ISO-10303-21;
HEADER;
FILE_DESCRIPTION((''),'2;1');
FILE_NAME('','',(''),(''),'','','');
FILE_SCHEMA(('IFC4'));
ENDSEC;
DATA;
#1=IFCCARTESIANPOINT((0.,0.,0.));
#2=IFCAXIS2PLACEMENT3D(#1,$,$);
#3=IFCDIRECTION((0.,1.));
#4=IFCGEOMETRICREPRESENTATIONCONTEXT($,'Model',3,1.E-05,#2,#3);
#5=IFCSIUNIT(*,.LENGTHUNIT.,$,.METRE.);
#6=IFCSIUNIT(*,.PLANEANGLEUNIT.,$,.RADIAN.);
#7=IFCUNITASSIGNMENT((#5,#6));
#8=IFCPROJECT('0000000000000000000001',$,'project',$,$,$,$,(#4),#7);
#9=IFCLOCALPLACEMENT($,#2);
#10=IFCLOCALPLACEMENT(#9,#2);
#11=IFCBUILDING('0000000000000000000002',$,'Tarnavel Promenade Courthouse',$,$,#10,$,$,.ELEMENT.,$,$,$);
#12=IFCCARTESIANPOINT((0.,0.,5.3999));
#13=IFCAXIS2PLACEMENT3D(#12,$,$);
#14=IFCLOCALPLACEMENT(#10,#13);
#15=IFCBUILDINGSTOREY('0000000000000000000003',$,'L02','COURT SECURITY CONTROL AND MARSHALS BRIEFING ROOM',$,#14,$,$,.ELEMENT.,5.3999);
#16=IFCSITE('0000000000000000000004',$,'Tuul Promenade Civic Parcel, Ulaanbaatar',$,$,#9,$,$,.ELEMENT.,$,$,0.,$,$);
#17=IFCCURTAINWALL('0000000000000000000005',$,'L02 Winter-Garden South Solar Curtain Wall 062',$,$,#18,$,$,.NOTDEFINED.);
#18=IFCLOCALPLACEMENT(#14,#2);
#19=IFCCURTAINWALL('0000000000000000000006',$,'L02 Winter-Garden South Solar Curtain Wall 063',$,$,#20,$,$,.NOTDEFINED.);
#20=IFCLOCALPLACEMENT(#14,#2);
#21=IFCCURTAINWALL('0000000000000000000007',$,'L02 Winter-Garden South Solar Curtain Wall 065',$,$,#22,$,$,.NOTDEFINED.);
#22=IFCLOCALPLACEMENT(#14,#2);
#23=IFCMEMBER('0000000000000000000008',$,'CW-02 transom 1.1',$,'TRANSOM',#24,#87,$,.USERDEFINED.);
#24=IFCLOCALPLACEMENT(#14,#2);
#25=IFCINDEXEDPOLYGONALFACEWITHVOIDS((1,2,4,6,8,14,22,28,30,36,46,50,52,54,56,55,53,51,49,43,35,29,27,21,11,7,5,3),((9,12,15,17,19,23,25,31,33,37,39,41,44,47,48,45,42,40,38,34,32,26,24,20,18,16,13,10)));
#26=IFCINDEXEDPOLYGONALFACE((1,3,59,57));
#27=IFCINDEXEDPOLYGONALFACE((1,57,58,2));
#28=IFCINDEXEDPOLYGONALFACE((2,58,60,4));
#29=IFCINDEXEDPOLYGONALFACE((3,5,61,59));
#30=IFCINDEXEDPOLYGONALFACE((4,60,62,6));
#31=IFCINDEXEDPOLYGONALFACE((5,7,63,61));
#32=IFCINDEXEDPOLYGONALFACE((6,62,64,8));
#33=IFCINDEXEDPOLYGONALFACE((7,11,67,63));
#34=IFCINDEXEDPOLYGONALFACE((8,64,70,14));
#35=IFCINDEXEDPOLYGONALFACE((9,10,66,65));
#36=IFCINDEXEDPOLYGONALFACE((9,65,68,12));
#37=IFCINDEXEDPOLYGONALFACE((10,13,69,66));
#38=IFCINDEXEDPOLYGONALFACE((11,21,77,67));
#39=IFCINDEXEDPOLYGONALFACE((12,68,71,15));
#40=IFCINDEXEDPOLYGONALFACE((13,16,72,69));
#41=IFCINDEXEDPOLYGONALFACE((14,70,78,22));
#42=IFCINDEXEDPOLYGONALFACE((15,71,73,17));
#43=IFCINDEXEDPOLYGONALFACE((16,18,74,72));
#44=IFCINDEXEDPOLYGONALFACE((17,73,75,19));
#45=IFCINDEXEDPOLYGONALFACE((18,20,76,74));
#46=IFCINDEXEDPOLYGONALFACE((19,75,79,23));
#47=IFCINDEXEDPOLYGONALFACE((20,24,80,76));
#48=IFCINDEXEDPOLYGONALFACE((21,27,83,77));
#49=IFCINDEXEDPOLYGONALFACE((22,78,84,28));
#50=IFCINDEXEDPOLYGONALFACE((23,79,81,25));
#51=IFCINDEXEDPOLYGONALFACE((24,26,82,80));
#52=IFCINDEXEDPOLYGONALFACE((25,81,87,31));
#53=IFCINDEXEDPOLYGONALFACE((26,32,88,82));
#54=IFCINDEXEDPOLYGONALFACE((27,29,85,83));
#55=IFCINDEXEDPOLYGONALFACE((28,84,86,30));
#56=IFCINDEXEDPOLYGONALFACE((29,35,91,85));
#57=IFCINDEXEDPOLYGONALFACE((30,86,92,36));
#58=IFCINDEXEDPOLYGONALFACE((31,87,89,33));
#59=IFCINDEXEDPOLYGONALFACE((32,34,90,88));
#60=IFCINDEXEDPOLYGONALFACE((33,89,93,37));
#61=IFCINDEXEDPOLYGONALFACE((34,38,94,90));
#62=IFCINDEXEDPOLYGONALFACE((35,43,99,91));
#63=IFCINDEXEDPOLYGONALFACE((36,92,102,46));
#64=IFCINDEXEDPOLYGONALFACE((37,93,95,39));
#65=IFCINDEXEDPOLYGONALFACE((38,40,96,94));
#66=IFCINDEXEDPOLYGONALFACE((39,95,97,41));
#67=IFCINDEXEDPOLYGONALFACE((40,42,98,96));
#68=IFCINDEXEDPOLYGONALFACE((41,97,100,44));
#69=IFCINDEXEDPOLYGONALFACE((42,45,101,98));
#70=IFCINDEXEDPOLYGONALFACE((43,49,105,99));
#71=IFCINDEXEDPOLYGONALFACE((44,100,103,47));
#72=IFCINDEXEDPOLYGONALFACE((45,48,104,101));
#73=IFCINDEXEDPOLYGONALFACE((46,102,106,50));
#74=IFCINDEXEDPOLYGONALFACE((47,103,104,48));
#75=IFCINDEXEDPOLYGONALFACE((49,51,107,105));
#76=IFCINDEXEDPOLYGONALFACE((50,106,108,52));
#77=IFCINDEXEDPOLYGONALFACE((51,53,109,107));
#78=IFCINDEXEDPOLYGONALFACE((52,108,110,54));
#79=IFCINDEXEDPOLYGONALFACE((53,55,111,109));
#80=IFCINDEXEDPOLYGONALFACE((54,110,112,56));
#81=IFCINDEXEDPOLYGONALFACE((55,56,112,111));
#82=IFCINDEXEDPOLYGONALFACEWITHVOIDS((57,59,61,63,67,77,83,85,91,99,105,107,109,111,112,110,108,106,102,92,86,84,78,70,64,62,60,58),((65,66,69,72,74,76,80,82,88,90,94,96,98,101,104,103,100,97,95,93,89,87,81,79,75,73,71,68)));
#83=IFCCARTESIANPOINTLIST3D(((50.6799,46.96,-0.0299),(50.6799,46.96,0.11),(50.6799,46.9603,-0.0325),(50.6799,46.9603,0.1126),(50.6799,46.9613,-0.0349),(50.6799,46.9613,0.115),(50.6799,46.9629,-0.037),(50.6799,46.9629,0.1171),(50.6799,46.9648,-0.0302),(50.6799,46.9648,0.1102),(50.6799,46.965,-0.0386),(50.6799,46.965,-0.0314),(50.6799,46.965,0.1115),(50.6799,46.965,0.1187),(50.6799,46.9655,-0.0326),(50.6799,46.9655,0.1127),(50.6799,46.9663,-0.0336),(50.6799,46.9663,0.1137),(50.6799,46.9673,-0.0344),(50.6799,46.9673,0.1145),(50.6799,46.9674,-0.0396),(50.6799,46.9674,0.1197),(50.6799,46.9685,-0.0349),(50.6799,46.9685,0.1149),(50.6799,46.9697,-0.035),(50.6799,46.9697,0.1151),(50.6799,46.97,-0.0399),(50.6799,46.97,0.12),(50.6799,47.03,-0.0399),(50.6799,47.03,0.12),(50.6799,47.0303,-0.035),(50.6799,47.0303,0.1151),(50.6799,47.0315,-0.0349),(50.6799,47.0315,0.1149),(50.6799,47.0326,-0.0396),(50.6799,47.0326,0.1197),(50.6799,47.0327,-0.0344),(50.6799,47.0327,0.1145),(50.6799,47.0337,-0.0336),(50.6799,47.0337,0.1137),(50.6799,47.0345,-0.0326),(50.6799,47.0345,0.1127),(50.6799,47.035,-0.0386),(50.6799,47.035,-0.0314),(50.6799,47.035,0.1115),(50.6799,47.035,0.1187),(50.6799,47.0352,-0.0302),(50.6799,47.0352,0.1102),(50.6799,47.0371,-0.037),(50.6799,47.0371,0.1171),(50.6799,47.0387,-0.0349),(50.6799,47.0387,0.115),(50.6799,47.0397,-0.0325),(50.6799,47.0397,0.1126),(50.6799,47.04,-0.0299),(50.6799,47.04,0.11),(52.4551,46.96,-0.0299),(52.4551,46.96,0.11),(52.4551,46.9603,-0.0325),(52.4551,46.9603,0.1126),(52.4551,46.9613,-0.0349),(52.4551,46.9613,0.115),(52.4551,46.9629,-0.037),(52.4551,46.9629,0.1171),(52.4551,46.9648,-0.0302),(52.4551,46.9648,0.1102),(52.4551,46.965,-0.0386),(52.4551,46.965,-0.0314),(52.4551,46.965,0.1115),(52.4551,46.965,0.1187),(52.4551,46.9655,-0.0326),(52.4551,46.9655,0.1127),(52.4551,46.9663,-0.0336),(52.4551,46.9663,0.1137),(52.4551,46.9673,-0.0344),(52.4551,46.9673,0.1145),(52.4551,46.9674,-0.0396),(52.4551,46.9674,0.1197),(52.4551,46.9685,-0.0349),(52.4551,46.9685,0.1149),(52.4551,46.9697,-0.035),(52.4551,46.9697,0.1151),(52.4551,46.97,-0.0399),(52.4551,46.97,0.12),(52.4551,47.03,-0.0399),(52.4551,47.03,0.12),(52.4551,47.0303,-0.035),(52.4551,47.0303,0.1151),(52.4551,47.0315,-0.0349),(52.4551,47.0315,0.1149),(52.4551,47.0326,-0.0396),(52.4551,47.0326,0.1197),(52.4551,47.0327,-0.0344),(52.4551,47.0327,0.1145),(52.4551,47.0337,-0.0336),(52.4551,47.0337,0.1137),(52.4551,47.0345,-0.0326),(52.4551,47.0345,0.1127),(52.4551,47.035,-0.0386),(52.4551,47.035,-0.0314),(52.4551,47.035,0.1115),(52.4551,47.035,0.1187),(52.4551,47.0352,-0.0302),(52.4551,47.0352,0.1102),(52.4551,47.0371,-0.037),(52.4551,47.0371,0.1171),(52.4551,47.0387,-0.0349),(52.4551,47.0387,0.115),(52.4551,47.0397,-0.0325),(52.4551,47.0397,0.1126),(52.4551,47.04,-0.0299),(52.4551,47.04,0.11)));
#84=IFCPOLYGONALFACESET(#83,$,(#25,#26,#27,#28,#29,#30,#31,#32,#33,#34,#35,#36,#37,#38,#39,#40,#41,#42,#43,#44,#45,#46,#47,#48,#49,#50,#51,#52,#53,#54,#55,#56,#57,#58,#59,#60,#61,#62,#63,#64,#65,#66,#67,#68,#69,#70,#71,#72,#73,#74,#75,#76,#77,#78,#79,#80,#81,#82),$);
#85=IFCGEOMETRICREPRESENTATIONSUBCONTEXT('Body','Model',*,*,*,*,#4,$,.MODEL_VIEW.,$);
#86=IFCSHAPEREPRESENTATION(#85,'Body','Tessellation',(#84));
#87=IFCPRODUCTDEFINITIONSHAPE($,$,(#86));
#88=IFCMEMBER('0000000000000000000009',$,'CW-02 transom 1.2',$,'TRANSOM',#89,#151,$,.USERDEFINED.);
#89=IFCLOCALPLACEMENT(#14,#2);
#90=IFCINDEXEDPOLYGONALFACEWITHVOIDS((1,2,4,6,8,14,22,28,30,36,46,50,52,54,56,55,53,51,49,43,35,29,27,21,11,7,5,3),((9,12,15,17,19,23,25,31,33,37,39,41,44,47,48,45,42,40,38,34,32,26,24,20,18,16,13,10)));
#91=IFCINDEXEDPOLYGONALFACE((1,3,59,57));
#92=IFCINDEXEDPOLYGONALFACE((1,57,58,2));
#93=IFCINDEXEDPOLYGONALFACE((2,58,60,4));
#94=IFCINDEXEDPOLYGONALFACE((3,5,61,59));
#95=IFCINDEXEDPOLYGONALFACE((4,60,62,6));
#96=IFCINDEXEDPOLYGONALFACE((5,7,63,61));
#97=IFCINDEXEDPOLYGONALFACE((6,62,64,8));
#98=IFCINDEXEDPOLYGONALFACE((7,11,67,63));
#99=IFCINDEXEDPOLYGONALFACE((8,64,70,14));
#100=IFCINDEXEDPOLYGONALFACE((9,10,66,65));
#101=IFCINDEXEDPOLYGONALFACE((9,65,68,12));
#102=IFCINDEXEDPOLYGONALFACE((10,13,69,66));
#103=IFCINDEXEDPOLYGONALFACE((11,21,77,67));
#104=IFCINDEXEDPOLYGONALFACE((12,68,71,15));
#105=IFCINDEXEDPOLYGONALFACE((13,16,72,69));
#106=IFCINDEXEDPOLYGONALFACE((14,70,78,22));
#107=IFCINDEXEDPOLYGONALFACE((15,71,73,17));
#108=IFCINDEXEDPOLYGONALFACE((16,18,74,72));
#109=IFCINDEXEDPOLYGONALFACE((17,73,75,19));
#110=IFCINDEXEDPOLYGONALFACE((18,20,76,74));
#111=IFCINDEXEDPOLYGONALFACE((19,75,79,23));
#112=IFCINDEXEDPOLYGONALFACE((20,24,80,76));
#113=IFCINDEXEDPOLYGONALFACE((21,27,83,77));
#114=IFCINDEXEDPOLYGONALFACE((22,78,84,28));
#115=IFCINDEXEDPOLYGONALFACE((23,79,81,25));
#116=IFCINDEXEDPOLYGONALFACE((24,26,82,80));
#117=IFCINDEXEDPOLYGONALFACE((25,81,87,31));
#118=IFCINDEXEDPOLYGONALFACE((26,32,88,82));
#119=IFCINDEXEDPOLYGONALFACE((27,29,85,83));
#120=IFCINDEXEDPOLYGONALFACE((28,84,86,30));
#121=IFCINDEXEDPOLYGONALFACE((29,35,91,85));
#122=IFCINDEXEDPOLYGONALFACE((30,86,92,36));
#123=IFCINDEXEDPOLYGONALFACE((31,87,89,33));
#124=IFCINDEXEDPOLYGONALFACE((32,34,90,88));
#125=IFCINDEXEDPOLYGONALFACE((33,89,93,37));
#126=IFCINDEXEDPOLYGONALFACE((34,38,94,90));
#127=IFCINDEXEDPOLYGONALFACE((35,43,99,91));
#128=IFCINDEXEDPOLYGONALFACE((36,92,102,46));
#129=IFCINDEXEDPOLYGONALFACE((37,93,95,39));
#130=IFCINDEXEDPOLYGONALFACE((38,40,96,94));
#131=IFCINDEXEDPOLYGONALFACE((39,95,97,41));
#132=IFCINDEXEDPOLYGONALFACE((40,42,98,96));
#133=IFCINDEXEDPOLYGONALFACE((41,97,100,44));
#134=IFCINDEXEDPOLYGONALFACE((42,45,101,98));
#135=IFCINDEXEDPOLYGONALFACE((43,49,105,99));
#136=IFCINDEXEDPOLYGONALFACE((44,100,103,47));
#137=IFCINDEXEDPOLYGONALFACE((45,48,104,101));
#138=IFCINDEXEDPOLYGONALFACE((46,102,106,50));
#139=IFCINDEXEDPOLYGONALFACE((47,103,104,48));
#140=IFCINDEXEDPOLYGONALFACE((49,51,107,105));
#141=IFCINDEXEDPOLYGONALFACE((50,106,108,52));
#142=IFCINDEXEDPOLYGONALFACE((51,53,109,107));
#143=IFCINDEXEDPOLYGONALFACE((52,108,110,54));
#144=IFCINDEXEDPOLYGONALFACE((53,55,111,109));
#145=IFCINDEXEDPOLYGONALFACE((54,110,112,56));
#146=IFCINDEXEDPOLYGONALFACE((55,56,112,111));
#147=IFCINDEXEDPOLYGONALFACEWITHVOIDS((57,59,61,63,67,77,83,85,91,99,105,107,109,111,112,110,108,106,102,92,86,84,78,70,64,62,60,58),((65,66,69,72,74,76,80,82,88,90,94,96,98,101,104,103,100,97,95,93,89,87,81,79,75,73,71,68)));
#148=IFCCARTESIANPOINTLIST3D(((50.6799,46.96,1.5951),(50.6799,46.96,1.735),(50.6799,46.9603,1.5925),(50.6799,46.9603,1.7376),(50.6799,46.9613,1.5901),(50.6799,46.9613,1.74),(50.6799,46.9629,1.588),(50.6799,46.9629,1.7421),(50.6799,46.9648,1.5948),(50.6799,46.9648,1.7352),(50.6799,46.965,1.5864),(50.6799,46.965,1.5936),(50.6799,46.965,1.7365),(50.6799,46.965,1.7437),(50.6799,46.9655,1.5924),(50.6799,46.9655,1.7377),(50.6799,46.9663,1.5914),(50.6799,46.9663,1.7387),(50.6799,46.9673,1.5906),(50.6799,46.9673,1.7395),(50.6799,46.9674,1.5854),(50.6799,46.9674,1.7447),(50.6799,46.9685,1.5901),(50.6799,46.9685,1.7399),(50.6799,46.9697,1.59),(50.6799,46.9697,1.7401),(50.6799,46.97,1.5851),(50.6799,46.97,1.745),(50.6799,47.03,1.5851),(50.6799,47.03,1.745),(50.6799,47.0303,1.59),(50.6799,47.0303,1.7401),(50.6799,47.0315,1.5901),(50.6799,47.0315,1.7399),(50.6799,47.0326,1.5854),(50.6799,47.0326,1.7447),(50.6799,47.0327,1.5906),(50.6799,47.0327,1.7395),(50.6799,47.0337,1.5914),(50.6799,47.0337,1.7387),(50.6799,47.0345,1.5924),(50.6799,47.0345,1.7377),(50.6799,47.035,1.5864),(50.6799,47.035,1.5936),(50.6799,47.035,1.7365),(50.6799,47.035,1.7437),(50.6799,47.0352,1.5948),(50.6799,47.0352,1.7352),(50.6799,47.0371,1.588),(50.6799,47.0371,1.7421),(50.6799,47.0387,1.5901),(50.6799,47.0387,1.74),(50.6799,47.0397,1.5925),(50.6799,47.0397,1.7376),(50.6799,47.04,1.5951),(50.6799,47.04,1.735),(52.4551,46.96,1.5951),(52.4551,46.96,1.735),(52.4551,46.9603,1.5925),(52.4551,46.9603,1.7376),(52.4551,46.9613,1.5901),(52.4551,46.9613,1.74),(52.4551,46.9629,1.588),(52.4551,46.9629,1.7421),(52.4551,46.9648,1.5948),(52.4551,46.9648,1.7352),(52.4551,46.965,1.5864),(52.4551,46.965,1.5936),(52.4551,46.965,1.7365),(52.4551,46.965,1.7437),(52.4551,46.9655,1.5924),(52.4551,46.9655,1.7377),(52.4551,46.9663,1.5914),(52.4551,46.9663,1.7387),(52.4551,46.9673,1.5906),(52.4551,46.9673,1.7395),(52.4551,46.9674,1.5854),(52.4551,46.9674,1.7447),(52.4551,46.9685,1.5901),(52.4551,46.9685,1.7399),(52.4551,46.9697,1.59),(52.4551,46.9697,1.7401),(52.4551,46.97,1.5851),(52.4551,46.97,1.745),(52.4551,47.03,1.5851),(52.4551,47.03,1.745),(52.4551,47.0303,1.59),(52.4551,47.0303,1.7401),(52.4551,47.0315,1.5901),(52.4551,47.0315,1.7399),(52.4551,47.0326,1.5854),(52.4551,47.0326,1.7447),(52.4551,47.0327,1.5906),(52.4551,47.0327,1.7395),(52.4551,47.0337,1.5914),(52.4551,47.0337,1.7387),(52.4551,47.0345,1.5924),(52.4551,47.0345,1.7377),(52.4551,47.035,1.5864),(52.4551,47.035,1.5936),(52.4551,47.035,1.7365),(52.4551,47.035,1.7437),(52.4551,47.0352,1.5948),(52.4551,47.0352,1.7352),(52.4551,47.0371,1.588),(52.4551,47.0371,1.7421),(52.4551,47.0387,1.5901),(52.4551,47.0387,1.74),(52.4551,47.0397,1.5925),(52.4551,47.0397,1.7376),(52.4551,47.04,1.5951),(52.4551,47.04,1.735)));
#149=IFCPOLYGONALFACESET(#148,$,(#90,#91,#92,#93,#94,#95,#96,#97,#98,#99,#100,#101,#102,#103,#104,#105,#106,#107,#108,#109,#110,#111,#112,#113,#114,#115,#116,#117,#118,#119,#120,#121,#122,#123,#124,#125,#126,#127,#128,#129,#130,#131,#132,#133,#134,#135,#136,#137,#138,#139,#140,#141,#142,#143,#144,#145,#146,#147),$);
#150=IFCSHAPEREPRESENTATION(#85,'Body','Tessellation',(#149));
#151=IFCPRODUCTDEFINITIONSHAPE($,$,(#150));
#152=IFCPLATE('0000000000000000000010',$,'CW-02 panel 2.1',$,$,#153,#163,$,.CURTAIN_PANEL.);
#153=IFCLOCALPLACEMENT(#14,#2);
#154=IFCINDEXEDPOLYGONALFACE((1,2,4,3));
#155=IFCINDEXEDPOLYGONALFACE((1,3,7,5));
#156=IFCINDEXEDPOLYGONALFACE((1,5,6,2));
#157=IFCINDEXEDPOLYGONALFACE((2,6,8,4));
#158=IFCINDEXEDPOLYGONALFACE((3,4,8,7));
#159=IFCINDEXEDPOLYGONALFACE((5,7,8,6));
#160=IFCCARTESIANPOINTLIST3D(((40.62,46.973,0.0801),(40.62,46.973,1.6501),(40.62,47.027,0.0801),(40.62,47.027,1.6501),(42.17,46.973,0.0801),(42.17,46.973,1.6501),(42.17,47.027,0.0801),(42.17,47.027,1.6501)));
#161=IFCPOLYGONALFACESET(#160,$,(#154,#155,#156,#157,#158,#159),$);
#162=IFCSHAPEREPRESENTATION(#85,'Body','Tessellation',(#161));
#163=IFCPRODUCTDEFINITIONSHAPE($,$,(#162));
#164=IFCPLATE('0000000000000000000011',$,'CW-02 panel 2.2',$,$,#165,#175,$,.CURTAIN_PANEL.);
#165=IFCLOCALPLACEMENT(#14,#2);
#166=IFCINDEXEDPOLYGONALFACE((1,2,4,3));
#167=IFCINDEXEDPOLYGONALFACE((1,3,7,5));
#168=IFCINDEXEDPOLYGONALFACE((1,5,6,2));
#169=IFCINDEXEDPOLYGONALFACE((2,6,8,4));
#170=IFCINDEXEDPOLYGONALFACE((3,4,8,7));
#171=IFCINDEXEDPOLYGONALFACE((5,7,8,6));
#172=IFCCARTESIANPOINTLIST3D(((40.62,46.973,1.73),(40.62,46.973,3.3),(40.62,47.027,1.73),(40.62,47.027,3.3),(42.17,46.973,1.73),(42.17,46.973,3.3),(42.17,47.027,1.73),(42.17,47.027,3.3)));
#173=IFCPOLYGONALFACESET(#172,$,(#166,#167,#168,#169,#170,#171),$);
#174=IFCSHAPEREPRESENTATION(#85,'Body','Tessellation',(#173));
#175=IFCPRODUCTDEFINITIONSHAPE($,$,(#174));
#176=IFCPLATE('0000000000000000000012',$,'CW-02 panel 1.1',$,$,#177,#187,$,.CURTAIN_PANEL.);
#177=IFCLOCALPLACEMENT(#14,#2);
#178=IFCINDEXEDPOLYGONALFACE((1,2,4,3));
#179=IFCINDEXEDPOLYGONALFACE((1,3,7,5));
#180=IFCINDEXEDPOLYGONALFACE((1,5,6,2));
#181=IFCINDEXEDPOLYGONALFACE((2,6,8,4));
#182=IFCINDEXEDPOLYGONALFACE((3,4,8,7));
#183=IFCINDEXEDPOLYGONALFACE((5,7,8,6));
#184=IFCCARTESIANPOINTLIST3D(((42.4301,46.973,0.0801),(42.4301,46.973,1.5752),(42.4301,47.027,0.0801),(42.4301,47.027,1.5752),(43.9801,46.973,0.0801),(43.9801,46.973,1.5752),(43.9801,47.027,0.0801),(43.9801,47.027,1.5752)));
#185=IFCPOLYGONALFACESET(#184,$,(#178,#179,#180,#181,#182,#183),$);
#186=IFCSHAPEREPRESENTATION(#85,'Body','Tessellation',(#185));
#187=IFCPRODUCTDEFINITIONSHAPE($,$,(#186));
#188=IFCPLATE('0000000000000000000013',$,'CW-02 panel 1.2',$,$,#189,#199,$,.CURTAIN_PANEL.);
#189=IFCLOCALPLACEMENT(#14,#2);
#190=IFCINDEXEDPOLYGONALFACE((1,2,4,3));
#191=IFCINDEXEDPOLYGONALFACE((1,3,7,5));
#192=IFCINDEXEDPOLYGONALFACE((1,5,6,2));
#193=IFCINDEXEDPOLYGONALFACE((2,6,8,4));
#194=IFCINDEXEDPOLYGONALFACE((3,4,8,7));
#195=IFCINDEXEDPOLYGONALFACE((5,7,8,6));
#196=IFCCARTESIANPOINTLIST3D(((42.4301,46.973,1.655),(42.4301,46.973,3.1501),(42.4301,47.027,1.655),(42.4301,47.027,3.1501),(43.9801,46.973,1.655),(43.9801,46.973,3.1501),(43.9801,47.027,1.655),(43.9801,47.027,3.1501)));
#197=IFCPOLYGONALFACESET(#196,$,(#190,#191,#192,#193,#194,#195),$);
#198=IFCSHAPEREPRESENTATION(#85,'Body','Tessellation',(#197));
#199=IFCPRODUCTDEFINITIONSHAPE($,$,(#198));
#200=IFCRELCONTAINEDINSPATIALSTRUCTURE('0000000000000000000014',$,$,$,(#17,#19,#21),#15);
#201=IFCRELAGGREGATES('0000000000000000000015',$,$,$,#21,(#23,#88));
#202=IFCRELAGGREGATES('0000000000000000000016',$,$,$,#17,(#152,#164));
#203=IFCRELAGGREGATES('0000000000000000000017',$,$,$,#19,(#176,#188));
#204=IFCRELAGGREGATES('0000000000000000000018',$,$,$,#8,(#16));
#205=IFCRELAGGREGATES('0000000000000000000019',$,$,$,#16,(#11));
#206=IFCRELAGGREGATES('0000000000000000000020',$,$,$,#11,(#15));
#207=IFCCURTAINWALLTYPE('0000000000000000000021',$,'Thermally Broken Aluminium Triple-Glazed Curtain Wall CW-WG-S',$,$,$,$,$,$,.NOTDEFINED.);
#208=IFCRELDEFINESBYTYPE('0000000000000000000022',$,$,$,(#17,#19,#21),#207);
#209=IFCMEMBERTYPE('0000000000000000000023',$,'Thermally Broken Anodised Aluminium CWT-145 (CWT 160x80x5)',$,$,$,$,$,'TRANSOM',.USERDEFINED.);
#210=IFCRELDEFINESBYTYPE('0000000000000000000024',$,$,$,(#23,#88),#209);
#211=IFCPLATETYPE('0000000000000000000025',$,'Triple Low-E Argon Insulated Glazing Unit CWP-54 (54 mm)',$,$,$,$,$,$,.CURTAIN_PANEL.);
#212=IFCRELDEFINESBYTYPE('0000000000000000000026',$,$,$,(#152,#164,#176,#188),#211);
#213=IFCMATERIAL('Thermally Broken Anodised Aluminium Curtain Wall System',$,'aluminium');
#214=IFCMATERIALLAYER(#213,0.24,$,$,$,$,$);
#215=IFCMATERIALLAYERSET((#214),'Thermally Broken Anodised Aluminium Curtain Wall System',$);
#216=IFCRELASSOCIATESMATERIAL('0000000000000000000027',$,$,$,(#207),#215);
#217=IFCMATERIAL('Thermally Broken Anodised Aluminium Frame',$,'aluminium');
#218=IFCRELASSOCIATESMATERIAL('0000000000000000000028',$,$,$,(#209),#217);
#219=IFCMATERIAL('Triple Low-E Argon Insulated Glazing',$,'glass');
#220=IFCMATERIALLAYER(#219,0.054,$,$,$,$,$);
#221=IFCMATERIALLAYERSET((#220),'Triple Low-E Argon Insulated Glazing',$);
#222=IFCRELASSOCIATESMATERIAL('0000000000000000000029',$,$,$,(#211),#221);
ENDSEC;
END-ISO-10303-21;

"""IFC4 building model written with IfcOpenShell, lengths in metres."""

from ifc_helpers import new_model, si_unit, direction, frame, origin, origin_2d, place, context, subcontext, project, spatial, rectangle, hollow_rectangle, extrude, material, layer, layer_set, material_profile, profile_set, type_object, element, aggregate, save


model = new_model("IFC4")

# Units and contexts
model_context = context("Model", 3, precision=1e-05, world=origin(), true_north=direction((0.0, 1.0)))
body_context = subcontext(model_context, "Body", "Model", "MODEL_VIEW")
ifc_project = project(units=[si_unit("LENGTHUNIT", "METRE"), si_unit("PLANEANGLEUNIT", "RADIAN")], contexts=[model_context])

# Site, building, storey
site_placement = place(None, origin())
site = spatial("IfcSite", under=ifc_project, at=site_placement, Name="Tuul Promenade Civic Parcel, Ulaanbaatar", CompositionType="ELEMENT", RefElevation=0.0)
building_placement = place(site_placement, origin())
building = spatial("IfcBuilding", under=site, at=building_placement, Name="Tarnavel Promenade Courthouse", CompositionType="ELEMENT")
storey_placement = place(building_placement, frame((0.0, 0.0, 5.3999)))
storey = spatial("IfcBuildingStorey", under=building, at=storey_placement, Name="L02", Description="COURT SECURITY CONTROL AND MARSHALS BRIEFING ROOM", CompositionType="ELEMENT", Elevation=5.3999)

# Curtain walls
ifc_material_1 = material(Name="Thermally Broken Anodised Aluminium Curtain Wall System", Category="aluminium")
ifc_layer_1 = layer(ifc_material_1, 0.24)
ifc_layer_set_1 = layer_set([ifc_layer_1], Name="Thermally Broken Anodised Aluminium Curtain Wall System")
curtain_wall_type = type_object("IfcCurtainWallType", Name="Thermally Broken Aluminium Triple-Glazed Curtain Wall CW-WG-S", PredefinedType="NOTDEFINED", material=ifc_layer_set_1)
curtain_wall_1_placement = place(storey_placement, origin())
curtain_wall_1 = element("IfcCurtainWall", 1, at=curtain_wall_1_placement, inside=storey, type_object=curtain_wall_type, Name="L02 Winter-Garden South Solar Curtain Wall 062", PredefinedType="NOTDEFINED")
ifc_material_2 = material(Name="Thermally Broken Anodised Aluminium Frame", Category="aluminium")
curtain_wall_2_placement = place(storey_placement, origin())
curtain_wall_2 = element("IfcCurtainWall", 2, at=curtain_wall_2_placement, inside=storey, type_object=curtain_wall_type, Name="L02 Winter-Garden South Solar Curtain Wall 063", PredefinedType="NOTDEFINED")

# Curtain wall
curtain_wall_3_placement = place(storey_placement, origin())
curtain_wall_3 = element("IfcCurtainWall", 3, at=curtain_wall_3_placement, inside=storey, type_object=curtain_wall_type, Name="L02 Winter-Garden South Solar Curtain Wall 065", PredefinedType="NOTDEFINED")

# Members
ifc_material_profile_1 = material_profile(ifc_material_2, hollow_rectangle(XDim=0.0801, YDim=0.1599, WallThickness=0.0049, InnerFilletRadius=0.0049, OuterFilletRadius=0.01, at=origin_2d()), Name="CWT 160x80x5")
ifc_profile_set_1 = profile_set([ifc_material_profile_1], Name="Thermally Broken Anodised Aluminium Frame")
member_type_1 = type_object("IfcMemberType", Name="Thermally Broken Anodised Aluminium CWT-145 (CWT 160x80x5)", ElementType="TRANSOM", PredefinedType="USERDEFINED", material=ifc_profile_set_1)
member_1_placement = place(storey_placement, frame((50.6799, 47.0, 0.04), z_axis=(1.0, 0.0, 0.0), x_axis=(0.0, 1.0, 0.0)))
member_1 = element("IfcMember", 4, at=member_1_placement, type_object=member_type_1, Name="CW-02 transom 1.1", ObjectType="TRANSOM", PredefinedType="USERDEFINED", context=body_context, shape_type="SweptSolid", body=[
    extrude(hollow_rectangle(XDim=0.0801, YDim=0.1599, WallThickness=0.0049, InnerFilletRadius=0.0049, OuterFilletRadius=0.01, at=origin_2d()), origin(), (0.0, 0.0, 1.0), 1.7751),
])
member_2_placement = place(storey_placement, frame((50.6799, 47.0, 1.665), z_axis=(1.0, 0.0, 0.0), x_axis=(0.0, 1.0, 0.0)))
member_2 = element("IfcMember", 5, at=member_2_placement, type_object=member_type_1, Name="CW-02 transom 1.2", ObjectType="TRANSOM", PredefinedType="USERDEFINED", context=body_context, shape_type="SweptSolid", body=[
    extrude(hollow_rectangle(XDim=0.0801, YDim=0.1599, WallThickness=0.0049, InnerFilletRadius=0.0049, OuterFilletRadius=0.01, at=origin_2d()), origin(), (0.0, 0.0, 1.0), 1.7751),
])
aggregate(curtain_wall_3, [member_1, member_2])

# Plates
ifc_material_3 = material(Name="Triple Low-E Argon Insulated Glazing", Category="glass")
ifc_layer_2 = layer(ifc_material_3, 0.054)
ifc_layer_set_2 = layer_set([ifc_layer_2], Name="Triple Low-E Argon Insulated Glazing")
plate_type = type_object("IfcPlateType", Name="Triple Low-E Argon Insulated Glazing Unit CWP-54 (54 mm)", PredefinedType="CURTAIN_PANEL", material=ifc_layer_set_2)
plate_1_placement = place(storey_placement, frame((41.395, 47.0, 0.0801), z_axis=(0.0, 0.0, 1.0), x_axis=(1.0, 0.0, 0.0)))
plate_1 = element("IfcPlate", 6, at=plate_1_placement, type_object=plate_type, Name="CW-02 panel 2.1", PredefinedType="CURTAIN_PANEL", context=body_context, shape_type="SweptSolid", body=[
    extrude(rectangle(XDim=1.55, YDim=0.054, at=origin_2d()), origin(), (0.0, 0.0, 1.0), 1.5701),
])
plate_2_placement = place(storey_placement, frame((41.395, 47.0, 1.73), z_axis=(0.0, 0.0, 1.0), x_axis=(1.0, 0.0, 0.0)))
plate_2 = element("IfcPlate", 7, at=plate_2_placement, type_object=plate_type, Name="CW-02 panel 2.2", PredefinedType="CURTAIN_PANEL", context=body_context, shape_type="SweptSolid", body=[
    extrude(rectangle(XDim=1.55, YDim=0.054, at=origin_2d()), origin(), (0.0, 0.0, 1.0), 1.5701),
])
aggregate(curtain_wall_1, [plate_1, plate_2])
plate_3_placement = place(storey_placement, frame((43.2051, 47.0, 0.0801), z_axis=(0.0, 0.0, 1.0), x_axis=(1.0, 0.0, 0.0)))
plate_3 = element("IfcPlate", 8, at=plate_3_placement, type_object=plate_type, Name="CW-02 panel 1.1", PredefinedType="CURTAIN_PANEL", context=body_context, shape_type="SweptSolid", body=[
    extrude(rectangle(XDim=1.55, YDim=0.054, at=origin_2d()), origin(), (0.0, 0.0, 1.0), 1.4951),
])
plate_4_placement = place(storey_placement, frame((43.2051, 47.0, 1.655), z_axis=(0.0, 0.0, 1.0), x_axis=(1.0, 0.0, 0.0)))
plate_4 = element("IfcPlate", 9, at=plate_4_placement, type_object=plate_type, Name="CW-02 panel 1.2", PredefinedType="CURTAIN_PANEL", context=body_context, shape_type="SweptSolid", body=[
    extrude(rectangle(XDim=1.55, YDim=0.054, at=origin_2d()), origin(), (0.0, 0.0, 1.0), 1.4951),
])
aggregate(curtain_wall_2, [plate_3, plate_4])

save(model, "model.ifc")
